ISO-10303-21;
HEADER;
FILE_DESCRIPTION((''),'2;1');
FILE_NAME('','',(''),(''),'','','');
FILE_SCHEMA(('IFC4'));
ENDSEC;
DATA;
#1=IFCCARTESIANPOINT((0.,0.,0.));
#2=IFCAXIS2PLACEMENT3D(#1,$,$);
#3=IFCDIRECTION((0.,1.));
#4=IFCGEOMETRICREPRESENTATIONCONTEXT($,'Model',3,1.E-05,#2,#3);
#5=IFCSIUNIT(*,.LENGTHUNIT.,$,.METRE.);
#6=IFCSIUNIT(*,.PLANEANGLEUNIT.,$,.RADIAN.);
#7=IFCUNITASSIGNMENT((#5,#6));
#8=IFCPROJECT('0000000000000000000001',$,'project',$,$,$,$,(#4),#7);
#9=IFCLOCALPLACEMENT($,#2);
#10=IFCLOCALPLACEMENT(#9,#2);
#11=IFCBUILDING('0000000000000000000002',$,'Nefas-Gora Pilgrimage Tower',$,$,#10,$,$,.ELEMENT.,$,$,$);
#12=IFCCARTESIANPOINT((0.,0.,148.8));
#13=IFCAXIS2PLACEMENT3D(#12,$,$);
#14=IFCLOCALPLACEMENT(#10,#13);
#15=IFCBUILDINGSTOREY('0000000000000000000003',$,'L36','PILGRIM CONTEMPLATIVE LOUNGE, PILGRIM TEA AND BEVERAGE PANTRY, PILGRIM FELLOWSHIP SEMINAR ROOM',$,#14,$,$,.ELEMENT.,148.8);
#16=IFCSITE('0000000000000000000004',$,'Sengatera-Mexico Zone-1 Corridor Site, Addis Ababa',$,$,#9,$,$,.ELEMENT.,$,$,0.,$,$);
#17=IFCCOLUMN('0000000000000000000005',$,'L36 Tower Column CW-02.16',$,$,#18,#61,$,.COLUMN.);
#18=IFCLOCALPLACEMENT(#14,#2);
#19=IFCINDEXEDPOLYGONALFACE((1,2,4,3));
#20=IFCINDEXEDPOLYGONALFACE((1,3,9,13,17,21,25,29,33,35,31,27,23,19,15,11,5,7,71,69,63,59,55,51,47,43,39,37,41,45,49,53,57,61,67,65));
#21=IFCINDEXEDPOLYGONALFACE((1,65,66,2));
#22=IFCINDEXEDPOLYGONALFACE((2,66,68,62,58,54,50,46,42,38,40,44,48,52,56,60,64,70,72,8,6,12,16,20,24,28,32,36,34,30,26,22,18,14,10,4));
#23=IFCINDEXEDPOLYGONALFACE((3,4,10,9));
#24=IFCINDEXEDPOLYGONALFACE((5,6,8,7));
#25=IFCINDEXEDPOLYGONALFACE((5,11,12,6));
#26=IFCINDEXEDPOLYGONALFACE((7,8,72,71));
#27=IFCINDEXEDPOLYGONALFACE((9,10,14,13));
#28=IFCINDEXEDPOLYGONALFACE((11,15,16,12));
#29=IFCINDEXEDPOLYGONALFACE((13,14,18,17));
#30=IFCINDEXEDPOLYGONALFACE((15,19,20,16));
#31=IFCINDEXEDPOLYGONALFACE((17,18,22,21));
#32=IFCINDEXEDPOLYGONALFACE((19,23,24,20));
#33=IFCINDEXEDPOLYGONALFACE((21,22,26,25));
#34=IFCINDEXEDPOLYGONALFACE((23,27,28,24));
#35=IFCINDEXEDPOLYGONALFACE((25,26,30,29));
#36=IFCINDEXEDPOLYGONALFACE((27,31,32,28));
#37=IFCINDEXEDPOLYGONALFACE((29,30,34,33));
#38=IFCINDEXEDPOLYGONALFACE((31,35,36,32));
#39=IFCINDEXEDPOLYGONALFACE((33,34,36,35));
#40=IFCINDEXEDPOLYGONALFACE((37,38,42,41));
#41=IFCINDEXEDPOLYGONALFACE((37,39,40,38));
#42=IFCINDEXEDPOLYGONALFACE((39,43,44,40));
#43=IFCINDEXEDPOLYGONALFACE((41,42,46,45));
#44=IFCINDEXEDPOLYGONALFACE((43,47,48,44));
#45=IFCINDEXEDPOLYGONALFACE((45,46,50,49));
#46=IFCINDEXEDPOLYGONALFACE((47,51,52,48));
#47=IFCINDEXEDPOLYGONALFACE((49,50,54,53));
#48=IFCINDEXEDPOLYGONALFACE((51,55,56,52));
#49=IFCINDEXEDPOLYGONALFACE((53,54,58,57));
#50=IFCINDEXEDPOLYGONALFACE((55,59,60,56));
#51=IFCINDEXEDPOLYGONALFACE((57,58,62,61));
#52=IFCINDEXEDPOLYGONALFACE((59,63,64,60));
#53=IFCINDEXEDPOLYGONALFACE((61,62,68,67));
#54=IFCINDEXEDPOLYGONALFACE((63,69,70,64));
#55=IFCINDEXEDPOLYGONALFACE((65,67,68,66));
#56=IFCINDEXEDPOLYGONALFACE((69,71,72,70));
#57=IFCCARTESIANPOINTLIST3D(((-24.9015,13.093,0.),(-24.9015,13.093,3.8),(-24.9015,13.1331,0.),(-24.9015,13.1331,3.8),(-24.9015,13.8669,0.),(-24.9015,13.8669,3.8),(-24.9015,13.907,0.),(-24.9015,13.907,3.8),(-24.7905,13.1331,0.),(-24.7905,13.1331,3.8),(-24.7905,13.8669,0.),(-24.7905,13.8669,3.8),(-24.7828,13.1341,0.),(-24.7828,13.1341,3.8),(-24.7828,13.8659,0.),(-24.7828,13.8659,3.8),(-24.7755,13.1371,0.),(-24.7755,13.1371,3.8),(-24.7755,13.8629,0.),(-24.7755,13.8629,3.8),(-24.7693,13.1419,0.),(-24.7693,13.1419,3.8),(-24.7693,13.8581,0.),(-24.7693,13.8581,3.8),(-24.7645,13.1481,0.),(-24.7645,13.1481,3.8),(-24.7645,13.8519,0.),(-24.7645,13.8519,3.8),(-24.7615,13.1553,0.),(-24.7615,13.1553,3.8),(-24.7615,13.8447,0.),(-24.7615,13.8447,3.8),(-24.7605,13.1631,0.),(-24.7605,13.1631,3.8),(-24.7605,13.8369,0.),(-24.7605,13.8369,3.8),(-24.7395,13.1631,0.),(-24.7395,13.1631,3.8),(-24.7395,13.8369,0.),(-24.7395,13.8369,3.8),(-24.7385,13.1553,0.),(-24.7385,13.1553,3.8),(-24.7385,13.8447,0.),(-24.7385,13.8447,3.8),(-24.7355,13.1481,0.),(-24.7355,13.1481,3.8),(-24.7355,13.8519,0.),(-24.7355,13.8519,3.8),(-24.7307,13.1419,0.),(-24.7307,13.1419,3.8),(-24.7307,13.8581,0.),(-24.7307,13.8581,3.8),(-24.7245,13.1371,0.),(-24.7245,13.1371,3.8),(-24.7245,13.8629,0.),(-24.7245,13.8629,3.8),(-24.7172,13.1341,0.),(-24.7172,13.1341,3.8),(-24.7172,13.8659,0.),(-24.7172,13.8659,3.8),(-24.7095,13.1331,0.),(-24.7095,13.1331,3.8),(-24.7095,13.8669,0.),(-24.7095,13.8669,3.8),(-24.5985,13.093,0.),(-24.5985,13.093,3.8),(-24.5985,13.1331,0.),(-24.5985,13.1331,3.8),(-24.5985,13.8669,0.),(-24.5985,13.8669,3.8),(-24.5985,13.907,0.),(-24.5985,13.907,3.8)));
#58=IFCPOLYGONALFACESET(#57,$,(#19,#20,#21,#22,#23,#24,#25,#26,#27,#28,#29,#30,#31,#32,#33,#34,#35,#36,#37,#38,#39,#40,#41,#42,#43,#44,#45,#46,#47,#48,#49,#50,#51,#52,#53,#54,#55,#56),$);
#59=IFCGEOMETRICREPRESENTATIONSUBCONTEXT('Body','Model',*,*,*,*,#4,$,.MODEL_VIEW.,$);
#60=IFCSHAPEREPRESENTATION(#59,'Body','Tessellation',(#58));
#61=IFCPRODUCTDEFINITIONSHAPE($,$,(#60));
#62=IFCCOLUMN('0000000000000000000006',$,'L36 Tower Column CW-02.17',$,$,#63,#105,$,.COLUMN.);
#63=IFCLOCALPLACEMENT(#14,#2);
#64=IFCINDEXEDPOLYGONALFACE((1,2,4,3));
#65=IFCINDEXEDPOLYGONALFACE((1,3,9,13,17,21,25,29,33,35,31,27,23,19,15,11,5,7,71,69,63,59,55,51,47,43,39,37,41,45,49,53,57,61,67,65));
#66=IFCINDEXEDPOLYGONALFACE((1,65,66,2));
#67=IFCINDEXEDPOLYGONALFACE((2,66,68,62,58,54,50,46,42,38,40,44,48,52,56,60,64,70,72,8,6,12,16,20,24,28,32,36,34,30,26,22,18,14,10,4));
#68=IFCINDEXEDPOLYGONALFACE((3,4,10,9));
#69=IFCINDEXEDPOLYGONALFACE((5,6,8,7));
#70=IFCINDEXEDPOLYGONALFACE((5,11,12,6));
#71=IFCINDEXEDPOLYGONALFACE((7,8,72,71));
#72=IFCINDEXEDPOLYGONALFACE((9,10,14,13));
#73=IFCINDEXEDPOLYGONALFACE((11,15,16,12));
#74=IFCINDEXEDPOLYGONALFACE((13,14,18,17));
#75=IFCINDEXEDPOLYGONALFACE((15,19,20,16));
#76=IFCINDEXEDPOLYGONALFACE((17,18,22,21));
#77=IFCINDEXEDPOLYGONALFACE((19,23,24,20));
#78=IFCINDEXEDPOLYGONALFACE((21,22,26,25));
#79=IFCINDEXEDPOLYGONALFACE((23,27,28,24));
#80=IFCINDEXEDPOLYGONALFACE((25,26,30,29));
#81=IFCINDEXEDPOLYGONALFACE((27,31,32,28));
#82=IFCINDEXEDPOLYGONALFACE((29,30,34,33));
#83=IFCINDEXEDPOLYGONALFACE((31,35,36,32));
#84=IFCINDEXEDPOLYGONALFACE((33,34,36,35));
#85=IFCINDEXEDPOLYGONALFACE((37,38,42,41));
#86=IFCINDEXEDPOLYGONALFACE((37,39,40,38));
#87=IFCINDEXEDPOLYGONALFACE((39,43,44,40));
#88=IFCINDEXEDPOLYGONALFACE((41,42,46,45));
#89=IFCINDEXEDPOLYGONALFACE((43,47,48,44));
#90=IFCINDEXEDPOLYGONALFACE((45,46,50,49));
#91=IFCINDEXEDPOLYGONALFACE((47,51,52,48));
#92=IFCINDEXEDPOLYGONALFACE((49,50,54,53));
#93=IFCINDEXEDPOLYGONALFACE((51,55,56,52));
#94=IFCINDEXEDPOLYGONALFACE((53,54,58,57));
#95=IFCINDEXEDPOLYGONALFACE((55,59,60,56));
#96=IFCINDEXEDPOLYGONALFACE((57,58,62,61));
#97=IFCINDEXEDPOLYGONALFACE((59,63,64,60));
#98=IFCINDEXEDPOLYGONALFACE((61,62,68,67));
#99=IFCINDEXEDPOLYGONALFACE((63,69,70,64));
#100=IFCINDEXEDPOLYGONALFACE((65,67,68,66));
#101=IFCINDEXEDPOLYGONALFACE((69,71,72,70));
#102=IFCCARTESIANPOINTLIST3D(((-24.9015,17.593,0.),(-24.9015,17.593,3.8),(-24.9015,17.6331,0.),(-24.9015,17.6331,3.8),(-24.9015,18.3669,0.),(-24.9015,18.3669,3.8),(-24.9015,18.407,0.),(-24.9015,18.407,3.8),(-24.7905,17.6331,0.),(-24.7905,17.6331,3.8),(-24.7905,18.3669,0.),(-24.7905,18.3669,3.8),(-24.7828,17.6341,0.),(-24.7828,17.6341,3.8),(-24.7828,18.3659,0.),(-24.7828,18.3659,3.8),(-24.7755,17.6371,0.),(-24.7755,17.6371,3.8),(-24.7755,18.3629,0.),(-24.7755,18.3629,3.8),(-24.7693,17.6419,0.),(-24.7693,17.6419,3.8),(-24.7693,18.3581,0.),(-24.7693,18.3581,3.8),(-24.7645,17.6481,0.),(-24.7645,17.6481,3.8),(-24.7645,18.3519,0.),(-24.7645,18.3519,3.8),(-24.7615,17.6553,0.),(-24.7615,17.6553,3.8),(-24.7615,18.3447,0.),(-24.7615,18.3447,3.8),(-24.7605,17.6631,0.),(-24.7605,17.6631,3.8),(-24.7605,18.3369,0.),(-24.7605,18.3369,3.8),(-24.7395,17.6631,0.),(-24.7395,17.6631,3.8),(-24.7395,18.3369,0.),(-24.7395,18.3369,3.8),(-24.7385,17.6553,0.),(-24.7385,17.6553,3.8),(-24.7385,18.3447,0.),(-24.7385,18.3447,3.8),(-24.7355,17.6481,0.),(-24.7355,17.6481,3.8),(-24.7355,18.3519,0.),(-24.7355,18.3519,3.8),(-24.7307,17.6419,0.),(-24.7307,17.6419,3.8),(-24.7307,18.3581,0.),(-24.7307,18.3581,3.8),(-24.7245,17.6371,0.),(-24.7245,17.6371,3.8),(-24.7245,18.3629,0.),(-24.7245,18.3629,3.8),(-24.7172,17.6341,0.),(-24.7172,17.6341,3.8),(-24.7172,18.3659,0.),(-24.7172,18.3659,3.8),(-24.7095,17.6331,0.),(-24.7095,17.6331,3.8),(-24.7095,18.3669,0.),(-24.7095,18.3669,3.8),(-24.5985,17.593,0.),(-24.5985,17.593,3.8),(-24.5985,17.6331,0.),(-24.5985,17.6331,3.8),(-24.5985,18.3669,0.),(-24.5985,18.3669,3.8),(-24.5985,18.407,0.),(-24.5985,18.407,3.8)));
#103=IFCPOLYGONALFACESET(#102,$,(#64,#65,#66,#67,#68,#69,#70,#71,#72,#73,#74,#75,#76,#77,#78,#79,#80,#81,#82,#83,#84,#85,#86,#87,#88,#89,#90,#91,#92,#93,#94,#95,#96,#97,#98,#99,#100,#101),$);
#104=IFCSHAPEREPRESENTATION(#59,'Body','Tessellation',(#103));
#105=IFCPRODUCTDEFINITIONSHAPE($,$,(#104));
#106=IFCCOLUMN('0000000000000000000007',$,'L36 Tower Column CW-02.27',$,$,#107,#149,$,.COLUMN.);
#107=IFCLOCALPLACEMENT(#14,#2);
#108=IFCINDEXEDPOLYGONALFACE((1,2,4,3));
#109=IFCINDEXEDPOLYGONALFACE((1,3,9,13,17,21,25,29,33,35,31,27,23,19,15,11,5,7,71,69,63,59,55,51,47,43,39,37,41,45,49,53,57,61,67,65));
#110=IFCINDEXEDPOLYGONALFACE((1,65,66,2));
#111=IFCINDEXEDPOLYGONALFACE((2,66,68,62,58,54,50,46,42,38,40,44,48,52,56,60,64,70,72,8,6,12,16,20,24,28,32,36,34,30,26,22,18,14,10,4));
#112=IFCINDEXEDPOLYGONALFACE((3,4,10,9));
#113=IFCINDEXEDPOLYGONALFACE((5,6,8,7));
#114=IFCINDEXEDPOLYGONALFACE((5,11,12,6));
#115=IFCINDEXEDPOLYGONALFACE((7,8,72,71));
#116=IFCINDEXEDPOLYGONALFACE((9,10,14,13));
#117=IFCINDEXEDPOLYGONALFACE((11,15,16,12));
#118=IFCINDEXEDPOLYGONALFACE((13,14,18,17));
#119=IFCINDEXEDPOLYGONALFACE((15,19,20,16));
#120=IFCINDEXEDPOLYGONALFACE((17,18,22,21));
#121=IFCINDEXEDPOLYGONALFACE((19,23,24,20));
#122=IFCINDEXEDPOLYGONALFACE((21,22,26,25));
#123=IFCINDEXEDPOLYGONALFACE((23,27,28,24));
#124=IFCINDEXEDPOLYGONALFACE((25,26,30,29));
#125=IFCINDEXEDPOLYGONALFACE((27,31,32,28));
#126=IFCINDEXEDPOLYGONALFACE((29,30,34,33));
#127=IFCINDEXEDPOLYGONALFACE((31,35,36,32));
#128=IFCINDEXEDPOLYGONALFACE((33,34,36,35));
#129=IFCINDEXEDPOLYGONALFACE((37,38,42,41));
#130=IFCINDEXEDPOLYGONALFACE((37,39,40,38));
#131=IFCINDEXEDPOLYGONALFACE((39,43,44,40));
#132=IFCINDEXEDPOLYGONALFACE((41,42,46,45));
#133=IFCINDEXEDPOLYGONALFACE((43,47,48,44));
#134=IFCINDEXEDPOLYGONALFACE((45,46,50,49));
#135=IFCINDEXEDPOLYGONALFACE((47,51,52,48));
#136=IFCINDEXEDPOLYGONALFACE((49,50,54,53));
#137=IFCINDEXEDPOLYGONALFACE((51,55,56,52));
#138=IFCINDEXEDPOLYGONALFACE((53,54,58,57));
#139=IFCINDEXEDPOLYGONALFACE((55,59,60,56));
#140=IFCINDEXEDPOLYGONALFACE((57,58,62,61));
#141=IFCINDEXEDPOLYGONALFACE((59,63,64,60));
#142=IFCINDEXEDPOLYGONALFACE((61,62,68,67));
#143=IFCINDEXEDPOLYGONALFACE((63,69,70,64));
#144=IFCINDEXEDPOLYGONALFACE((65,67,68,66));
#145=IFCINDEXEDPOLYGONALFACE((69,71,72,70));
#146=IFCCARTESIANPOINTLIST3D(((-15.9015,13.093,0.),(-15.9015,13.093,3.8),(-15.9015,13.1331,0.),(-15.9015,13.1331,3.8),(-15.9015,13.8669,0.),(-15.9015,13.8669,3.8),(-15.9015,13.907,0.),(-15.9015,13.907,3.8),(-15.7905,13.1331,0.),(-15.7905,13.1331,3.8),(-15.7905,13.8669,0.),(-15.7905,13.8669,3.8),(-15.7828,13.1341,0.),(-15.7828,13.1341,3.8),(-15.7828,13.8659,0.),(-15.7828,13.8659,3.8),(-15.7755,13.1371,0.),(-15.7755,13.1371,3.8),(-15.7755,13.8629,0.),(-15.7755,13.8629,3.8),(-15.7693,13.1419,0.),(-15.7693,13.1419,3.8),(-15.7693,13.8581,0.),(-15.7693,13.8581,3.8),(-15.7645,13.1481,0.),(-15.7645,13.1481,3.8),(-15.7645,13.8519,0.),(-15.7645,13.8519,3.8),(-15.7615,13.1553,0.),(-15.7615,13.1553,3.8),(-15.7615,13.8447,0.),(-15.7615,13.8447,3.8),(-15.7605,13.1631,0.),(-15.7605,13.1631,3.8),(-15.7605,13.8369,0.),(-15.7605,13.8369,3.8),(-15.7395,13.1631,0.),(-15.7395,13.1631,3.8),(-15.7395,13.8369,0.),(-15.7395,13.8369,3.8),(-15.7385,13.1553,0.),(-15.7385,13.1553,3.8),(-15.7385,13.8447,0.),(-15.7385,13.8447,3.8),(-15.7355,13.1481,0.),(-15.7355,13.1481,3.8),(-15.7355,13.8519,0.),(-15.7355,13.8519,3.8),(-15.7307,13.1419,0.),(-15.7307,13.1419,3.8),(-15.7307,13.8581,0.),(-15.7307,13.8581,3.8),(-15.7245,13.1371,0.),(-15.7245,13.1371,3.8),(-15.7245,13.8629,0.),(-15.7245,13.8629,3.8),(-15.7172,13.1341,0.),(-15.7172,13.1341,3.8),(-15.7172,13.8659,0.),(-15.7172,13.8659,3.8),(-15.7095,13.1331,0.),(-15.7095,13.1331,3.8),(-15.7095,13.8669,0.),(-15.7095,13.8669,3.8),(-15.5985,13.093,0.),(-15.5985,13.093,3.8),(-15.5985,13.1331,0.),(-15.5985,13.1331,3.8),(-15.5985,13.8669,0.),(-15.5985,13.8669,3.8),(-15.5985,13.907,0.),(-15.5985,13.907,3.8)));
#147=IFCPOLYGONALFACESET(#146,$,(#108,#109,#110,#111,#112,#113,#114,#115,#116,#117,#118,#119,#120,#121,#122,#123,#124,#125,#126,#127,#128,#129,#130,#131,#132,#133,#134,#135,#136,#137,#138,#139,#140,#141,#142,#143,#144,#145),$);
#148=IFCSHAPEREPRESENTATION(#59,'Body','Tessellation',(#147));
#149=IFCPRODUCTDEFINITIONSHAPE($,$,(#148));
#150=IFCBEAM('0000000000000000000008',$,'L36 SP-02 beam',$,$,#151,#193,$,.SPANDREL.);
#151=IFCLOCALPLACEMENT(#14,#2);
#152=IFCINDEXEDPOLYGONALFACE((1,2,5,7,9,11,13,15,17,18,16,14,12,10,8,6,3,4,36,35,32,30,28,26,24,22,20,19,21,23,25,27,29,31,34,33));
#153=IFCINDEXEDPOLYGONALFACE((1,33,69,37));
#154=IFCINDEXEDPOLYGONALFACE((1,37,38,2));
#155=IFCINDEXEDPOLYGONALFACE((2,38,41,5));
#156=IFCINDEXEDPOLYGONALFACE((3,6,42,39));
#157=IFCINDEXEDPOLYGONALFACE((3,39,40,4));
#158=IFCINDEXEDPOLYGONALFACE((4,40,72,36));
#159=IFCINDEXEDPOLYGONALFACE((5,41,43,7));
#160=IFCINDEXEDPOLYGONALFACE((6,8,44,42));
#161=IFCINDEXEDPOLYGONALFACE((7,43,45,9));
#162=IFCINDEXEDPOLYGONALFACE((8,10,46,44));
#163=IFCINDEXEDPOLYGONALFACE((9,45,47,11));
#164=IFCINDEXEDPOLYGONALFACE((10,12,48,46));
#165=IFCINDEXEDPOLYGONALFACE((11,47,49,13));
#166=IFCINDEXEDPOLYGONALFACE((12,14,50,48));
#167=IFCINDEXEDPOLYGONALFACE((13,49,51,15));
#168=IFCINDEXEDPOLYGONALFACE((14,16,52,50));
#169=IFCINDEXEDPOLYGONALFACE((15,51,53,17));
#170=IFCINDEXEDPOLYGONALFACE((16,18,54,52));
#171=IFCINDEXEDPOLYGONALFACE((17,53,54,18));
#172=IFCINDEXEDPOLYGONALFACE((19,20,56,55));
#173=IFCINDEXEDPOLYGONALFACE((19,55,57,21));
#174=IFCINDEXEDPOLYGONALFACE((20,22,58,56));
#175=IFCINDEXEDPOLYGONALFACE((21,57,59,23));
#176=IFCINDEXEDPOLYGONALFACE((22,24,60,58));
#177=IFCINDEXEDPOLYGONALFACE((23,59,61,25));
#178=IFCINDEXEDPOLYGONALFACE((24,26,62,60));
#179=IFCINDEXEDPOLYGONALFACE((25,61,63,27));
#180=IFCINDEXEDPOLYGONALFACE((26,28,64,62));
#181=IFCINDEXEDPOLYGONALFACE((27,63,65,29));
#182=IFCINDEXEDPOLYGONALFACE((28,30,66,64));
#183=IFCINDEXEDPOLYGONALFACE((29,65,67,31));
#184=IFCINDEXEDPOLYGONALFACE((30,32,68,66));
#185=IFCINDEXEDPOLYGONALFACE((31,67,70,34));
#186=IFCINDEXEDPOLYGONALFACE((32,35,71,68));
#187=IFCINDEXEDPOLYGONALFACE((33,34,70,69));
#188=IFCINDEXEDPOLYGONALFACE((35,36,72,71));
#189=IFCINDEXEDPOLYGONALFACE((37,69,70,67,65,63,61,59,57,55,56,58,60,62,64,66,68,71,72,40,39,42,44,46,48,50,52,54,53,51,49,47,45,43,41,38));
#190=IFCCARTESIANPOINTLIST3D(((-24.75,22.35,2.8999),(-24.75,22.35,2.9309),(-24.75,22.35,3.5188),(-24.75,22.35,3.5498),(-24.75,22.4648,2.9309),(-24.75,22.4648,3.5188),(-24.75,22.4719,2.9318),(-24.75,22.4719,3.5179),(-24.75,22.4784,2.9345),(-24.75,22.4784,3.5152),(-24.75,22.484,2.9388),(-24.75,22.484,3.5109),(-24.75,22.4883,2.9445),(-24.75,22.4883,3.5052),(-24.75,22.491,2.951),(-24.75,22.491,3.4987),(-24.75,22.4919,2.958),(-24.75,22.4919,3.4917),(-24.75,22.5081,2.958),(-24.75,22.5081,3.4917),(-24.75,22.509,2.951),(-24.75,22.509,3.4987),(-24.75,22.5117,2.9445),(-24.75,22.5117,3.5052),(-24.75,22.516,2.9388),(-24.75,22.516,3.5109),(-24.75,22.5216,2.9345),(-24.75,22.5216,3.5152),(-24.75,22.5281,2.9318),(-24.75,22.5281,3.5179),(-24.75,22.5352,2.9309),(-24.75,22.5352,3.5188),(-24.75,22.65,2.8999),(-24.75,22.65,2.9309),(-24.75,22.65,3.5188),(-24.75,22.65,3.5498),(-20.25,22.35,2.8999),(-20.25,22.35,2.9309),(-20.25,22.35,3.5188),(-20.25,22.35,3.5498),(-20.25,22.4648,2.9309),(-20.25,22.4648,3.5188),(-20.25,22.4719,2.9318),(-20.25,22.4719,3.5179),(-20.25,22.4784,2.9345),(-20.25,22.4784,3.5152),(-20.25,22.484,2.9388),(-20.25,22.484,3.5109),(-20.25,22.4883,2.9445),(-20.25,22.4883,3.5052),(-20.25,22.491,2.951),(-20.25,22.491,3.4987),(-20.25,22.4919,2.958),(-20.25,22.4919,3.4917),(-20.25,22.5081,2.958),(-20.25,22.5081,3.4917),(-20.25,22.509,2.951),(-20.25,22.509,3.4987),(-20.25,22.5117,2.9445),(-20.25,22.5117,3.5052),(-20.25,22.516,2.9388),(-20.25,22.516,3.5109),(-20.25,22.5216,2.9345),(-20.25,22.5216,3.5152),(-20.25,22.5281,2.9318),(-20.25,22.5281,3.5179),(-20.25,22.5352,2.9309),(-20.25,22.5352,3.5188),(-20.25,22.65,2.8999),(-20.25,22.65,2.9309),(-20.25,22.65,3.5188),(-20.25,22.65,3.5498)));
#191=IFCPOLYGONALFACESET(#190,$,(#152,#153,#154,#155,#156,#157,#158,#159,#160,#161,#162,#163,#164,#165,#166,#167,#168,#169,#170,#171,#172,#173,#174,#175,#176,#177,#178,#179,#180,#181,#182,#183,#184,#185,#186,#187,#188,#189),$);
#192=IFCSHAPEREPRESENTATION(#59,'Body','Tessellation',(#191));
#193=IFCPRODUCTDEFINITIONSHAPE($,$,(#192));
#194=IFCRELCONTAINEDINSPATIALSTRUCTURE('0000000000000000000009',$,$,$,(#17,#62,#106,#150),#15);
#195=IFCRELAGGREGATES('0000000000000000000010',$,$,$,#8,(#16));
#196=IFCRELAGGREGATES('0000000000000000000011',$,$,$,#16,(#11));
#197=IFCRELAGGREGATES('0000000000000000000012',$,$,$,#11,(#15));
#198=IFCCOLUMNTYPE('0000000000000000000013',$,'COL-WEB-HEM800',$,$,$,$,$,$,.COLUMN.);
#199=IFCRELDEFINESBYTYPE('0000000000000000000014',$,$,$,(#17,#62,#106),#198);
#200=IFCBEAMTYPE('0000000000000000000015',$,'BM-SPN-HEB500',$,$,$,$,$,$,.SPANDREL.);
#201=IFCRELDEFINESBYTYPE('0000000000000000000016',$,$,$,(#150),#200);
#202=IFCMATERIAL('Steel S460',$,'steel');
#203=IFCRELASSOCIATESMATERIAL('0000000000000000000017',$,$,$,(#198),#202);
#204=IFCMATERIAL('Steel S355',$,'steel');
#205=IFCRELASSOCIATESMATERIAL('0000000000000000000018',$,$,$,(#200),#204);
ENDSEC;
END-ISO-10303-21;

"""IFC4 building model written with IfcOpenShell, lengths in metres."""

from ifc_helpers import new_model, si_unit, direction, frame, origin, origin_2d, place, context, subcontext, project, spatial, i_section, extrude, source, transform, mapped, material, material_profile, profile_set, type_object, element, save


model = new_model("IFC4")

# Units and contexts
model_context = context("Model", 3, precision=1e-05, world=origin(), true_north=direction((0.0, 1.0)))
body_context = subcontext(model_context, "Body", "Model", "MODEL_VIEW")
ifc_project = project(units=[si_unit("LENGTHUNIT", "METRE"), si_unit("PLANEANGLEUNIT", "RADIAN")], contexts=[model_context])

# Site, building, storey
site_placement = place(None, origin())
site = spatial("IfcSite", under=ifc_project, at=site_placement, Name="Sengatera-Mexico Zone-1 Corridor Site, Addis Ababa", CompositionType="ELEMENT", RefElevation=0.0)
building_placement = place(site_placement, origin())
building = spatial("IfcBuilding", under=site, at=building_placement, Name="Nefas-Gora Pilgrimage Tower", CompositionType="ELEMENT")
storey_placement = place(building_placement, frame((0.0, 0.0, 148.8)))
storey = spatial("IfcBuildingStorey", under=building, at=storey_placement, Name="L36", Description="PILGRIM CONTEMPLATIVE LOUNGE, PILGRIM TEA AND BEVERAGE PANTRY, PILGRIM FELLOWSHIP SEMINAR ROOM", CompositionType="ELEMENT", Elevation=148.8)

# Columns
ifc_material_1 = material(Name="Steel S460", Category="steel")
ifc_material_profile_1 = material_profile(ifc_material_1, i_section(OverallWidth=0.303, OverallDepth=0.814, WebThickness=0.021, FlangeThickness=0.04, FilletRadius=0.03, at=origin_2d()), Name="HEM 800")
ifc_profile_set_1 = profile_set([ifc_material_profile_1], Name="Steel S460")
column_type_1 = type_object("IfcColumnType", Name="COL-WEB-HEM800", PredefinedType="COLUMN", material=ifc_profile_set_1)
shared_shape_1 = source(origin(), body_context, "Body", "SweptSolid", [
    extrude(i_section(OverallWidth=0.303, OverallDepth=0.814, WebThickness=0.021, FlangeThickness=0.04, FilletRadius=0.03, at=origin_2d()), origin(), (0.0, 0.0, 1.0), 3.8),
])
for number, where, z_axis, x_axis, name in (
    (1, (-24.75, 13.5, 0.0), (0.0, 0.0, 1.0), (1.0, 0.0, 0.0), "L36 Tower Column CW-02.16"),
    (2, (-24.75, 18.0, 0.0), (0.0, 0.0, 1.0), (1.0, 0.0, 0.0), "L36 Tower Column CW-02.17"),
    (3, (-15.75, 13.5, 0.0), (0.0, 0.0, 1.0), (1.0, 0.0, 0.0), "L36 Tower Column CW-02.27"),
):
    element("IfcColumn", number, at=place(storey_placement, frame(where, z_axis=z_axis, x_axis=x_axis)), inside=storey, type_object=column_type_1, Name=name, PredefinedType="COLUMN", context=body_context, shape_type="MappedRepresentation", body=[
        mapped(shared_shape_1, transform((0.0, 0.0, 0.0), x_axis=(1.0, 0.0, 0.0), y_axis=(0.0, 1.0, 0.0), z_axis=(0.0, 0.0, 1.0), scale=1.0)),
    ])

# Beam
ifc_material_2 = material(Name="Steel S355", Category="steel")
ifc_material_profile_2 = material_profile(ifc_material_2, i_section(OverallWidth=0.3, OverallDepth=0.6499, WebThickness=0.0161, FlangeThickness=0.031, FilletRadius=0.0271, at=origin_2d()), Name="HEB 650")
ifc_profile_set_2 = profile_set([ifc_material_profile_2], Name="Steel S355")
beam_type_1 = type_object("IfcBeamType", Name="BM-SPN-HEB500", PredefinedType="SPANDREL", material=ifc_profile_set_2)
shared_shape_2 = source(origin(), body_context, "Body", "SweptSolid", [
    extrude(i_section(OverallWidth=0.3, OverallDepth=0.6499, WebThickness=0.0161, FlangeThickness=0.031, FilletRadius=0.0271, at=origin_2d()), origin(), (0.0, 0.0, 1.0), 4.5),
])
beam_placement = place(storey_placement, frame((-24.75, 22.5, 3.2249), z_axis=(1.0, 0.0, 0.0), x_axis=(0.0, 1.0, 0.0)))
element("IfcBeam", 4, at=beam_placement, inside=storey, type_object=beam_type_1, Name="L36 SP-02 beam", PredefinedType="SPANDREL", context=body_context, shape_type="MappedRepresentation", body=[
    mapped(shared_shape_2, transform((0.0, 0.0, 0.0), x_axis=(1.0, 0.0, 0.0), y_axis=(0.0, 1.0, 0.0), z_axis=(0.0, 0.0, 1.0), scale=1.0)),
])

save(model, "model.ifc")
